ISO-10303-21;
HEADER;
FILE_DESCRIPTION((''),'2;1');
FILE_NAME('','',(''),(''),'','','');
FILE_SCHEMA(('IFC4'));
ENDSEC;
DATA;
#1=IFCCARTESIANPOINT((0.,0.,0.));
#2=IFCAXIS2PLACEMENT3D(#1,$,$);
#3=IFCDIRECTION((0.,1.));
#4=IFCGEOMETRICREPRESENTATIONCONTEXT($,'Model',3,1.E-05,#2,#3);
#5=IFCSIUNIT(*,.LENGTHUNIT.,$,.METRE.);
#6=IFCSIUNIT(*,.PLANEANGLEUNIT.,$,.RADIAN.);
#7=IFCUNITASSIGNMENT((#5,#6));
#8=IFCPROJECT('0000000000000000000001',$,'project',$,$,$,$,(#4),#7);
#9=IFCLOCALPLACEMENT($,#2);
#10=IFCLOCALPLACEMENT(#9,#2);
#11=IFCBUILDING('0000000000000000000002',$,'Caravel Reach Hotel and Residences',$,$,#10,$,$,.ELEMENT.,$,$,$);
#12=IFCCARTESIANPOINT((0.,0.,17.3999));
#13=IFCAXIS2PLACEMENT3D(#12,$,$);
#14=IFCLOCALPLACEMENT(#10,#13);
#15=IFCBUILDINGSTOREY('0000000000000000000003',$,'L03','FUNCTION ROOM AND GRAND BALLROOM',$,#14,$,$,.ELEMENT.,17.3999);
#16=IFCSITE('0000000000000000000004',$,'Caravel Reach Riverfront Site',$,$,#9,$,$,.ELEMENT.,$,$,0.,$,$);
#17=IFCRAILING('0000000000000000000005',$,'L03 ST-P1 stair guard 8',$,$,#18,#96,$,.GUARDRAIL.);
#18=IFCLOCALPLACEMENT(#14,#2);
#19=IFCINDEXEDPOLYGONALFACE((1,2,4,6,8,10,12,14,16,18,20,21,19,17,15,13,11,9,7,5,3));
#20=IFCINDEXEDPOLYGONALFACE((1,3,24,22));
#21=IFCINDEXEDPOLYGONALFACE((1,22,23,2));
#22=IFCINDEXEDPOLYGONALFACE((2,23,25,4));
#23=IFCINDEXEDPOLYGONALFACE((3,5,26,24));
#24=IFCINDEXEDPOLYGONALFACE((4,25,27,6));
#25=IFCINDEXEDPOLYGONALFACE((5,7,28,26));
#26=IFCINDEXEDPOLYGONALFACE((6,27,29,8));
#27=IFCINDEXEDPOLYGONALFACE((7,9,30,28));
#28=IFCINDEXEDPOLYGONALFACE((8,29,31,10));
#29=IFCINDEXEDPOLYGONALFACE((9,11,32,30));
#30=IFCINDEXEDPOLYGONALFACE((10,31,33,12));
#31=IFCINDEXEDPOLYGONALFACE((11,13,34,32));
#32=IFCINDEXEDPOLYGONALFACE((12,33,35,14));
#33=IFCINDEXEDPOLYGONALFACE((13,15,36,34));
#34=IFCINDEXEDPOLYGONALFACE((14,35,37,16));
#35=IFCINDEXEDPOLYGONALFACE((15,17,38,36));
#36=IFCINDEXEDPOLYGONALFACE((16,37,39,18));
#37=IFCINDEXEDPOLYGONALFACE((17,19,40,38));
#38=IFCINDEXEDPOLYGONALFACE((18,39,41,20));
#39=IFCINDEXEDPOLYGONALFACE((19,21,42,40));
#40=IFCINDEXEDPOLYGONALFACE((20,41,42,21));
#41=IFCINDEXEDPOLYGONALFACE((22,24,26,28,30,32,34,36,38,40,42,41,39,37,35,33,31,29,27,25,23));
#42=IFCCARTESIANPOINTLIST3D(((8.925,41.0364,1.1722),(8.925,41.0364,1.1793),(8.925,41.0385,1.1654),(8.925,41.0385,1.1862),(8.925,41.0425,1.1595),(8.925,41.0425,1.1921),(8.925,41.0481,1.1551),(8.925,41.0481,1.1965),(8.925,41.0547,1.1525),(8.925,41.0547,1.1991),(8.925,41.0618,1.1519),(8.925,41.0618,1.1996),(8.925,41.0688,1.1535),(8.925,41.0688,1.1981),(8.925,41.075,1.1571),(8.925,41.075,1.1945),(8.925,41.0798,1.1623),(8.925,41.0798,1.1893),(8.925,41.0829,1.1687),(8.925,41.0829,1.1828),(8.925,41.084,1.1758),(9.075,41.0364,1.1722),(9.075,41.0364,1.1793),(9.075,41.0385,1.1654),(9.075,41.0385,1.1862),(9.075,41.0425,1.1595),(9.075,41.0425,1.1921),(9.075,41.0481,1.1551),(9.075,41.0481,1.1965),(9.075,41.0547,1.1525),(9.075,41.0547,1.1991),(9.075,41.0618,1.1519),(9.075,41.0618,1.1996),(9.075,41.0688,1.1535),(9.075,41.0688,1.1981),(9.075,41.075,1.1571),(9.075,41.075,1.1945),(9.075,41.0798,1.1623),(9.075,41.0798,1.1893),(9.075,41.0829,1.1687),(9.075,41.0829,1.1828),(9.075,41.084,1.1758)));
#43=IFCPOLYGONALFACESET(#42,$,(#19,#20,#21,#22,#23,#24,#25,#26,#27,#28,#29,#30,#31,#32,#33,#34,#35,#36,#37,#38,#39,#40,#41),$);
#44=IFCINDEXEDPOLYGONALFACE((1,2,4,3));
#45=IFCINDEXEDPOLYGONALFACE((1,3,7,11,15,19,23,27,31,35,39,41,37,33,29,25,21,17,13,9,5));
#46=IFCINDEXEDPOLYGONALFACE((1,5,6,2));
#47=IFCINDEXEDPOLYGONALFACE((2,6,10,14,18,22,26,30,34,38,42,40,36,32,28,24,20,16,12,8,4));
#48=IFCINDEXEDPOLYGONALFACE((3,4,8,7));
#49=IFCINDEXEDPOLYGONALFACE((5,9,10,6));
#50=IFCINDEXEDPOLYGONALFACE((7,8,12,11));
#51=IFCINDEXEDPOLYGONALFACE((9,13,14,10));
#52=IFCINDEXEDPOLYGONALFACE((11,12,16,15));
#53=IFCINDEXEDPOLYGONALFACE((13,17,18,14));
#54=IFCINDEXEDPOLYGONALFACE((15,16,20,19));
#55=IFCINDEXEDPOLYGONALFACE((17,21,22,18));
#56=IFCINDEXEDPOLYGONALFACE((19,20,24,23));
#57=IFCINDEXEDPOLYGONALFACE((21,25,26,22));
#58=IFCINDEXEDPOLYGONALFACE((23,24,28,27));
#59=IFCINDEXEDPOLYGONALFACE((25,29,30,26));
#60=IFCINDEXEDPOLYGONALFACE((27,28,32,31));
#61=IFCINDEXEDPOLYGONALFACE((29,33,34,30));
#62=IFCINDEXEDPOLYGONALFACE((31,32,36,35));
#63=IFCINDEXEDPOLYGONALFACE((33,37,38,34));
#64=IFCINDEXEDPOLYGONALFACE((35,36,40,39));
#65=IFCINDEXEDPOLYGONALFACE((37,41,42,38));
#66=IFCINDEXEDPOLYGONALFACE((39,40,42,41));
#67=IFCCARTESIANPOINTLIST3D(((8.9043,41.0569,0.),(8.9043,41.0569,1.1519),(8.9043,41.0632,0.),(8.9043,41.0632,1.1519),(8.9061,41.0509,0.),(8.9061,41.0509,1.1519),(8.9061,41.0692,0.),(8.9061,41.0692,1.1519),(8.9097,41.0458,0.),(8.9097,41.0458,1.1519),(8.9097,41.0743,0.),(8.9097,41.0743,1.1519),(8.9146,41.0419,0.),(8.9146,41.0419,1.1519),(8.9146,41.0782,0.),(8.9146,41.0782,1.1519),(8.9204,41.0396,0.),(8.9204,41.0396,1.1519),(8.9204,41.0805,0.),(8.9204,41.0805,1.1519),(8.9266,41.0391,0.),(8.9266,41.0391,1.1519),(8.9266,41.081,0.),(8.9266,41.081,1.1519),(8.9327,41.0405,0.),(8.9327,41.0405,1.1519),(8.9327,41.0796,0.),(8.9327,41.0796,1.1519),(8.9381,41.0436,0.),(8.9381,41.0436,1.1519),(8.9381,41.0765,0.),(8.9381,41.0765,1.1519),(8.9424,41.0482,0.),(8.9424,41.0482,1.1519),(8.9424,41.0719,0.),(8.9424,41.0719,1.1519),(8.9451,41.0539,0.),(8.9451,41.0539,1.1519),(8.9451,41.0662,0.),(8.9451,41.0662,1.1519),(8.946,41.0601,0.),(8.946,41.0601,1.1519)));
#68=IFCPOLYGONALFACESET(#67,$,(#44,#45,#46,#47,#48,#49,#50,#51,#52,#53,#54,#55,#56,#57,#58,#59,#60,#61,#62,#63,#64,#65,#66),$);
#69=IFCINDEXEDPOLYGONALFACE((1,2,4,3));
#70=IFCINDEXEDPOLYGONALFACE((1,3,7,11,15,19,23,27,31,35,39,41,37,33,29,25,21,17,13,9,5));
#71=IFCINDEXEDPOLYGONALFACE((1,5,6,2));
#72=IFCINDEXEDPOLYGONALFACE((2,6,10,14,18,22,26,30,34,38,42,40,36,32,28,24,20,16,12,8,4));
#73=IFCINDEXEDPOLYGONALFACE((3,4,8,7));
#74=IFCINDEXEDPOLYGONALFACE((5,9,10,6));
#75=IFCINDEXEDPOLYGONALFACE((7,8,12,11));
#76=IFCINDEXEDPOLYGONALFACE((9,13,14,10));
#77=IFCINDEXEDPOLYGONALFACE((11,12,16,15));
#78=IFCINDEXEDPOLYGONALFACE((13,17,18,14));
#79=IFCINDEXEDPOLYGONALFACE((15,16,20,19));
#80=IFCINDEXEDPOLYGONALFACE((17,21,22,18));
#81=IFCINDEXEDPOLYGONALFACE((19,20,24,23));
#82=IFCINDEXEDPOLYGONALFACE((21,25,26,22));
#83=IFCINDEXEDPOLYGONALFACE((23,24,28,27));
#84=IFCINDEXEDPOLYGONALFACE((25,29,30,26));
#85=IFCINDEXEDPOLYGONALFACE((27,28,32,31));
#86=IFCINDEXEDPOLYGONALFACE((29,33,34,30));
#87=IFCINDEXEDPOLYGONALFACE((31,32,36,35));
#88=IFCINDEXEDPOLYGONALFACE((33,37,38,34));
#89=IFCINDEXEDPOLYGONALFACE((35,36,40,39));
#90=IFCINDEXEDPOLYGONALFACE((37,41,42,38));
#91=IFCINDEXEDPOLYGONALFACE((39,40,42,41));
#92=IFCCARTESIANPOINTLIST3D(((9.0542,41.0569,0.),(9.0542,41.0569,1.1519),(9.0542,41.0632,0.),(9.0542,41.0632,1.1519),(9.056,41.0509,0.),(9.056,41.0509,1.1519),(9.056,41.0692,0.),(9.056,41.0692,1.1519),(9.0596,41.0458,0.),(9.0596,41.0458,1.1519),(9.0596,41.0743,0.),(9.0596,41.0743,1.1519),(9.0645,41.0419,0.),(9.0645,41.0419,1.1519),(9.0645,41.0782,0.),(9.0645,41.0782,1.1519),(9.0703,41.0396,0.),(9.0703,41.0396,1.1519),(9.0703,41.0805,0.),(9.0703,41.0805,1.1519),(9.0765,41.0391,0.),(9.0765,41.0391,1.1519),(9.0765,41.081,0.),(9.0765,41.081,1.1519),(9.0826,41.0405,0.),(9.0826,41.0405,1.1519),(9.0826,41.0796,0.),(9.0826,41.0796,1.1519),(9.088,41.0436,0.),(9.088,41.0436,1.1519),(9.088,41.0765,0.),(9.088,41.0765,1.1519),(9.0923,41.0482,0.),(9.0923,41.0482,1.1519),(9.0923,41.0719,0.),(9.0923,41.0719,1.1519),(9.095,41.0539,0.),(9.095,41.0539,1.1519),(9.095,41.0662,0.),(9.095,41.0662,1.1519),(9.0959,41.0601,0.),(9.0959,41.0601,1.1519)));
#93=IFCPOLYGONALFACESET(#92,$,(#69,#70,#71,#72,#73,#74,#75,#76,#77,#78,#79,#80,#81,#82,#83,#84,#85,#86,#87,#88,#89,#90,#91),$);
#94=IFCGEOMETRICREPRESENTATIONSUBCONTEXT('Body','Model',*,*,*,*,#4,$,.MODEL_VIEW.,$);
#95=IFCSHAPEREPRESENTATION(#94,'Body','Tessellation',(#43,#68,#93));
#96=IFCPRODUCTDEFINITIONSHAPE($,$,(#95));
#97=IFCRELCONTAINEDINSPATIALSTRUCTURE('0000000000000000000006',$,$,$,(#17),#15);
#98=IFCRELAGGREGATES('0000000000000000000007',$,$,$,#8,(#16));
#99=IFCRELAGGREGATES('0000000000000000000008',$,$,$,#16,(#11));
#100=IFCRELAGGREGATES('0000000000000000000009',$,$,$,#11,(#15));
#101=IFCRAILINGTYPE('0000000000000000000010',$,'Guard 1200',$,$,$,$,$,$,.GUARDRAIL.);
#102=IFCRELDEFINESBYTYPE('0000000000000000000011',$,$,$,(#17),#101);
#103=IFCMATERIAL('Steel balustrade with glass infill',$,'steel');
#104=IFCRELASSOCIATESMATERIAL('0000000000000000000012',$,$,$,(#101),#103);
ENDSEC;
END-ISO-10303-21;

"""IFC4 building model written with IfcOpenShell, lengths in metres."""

from ifc_helpers import new_model, si_unit, direction, frame, origin, origin_2d, place, context, subcontext, project, spatial, circle, extrude, material, type_object, element, save


model = new_model("IFC4")

# Units and contexts
model_context = context("Model", 3, precision=1e-05, world=origin(), true_north=direction((0.0, 1.0)))
body_context = subcontext(model_context, "Body", "Model", "MODEL_VIEW")
ifc_project = project(units=[si_unit("LENGTHUNIT", "METRE"), si_unit("PLANEANGLEUNIT", "RADIAN")], contexts=[model_context])

# Site, building, storey
site_placement = place(None, origin())
site = spatial("IfcSite", under=ifc_project, at=site_placement, Name="Caravel Reach Riverfront Site", CompositionType="ELEMENT", RefElevation=0.0)
building_placement = place(site_placement, origin())
building = spatial("IfcBuilding", under=site, at=building_placement, Name="Caravel Reach Hotel and Residences", CompositionType="ELEMENT")
storey_placement = place(building_placement, frame((0.0, 0.0, 17.3999)))
storey = spatial("IfcBuildingStorey", under=building, at=storey_placement, Name="L03", Description="FUNCTION ROOM AND GRAND BALLROOM", CompositionType="ELEMENT", Elevation=17.3999)

# Railing
ifc_material_1 = material(Name="Steel balustrade with glass infill", Category="steel")
railing_type_1 = type_object("IfcRailingType", Name="Guard 1200", PredefinedType="GUARDRAIL", material=ifc_material_1)
railing_1_placement = place(storey_placement, frame((8.925, 41.0601, 0.0)))
element("IfcRailing", 1, at=railing_1_placement, inside=storey, type_object=railing_type_1, Name="L03 ST-P1 stair guard 8", PredefinedType="GUARDRAIL", context=body_context, shape_type="SweptSolid", body=[
    extrude(circle(Radius=0.0239, at=origin_2d()), frame((0.0, 0.0, 1.1758), z_axis=(1.0, 0.0, 0.0), x_axis=(0.0, 1.0, 0.0)), (0.0, 0.0, 1.0), 0.1499),
    extrude(circle(Radius=0.021, at=origin_2d()), origin(), (0.0, 0.0, 1.0), 1.1519),
    extrude(circle(Radius=0.021, at=origin_2d()), frame((0.1499, 0.0, 0.0)), (0.0, 0.0, 1.0), 1.1519),
])

save(model, "model.ifc")
